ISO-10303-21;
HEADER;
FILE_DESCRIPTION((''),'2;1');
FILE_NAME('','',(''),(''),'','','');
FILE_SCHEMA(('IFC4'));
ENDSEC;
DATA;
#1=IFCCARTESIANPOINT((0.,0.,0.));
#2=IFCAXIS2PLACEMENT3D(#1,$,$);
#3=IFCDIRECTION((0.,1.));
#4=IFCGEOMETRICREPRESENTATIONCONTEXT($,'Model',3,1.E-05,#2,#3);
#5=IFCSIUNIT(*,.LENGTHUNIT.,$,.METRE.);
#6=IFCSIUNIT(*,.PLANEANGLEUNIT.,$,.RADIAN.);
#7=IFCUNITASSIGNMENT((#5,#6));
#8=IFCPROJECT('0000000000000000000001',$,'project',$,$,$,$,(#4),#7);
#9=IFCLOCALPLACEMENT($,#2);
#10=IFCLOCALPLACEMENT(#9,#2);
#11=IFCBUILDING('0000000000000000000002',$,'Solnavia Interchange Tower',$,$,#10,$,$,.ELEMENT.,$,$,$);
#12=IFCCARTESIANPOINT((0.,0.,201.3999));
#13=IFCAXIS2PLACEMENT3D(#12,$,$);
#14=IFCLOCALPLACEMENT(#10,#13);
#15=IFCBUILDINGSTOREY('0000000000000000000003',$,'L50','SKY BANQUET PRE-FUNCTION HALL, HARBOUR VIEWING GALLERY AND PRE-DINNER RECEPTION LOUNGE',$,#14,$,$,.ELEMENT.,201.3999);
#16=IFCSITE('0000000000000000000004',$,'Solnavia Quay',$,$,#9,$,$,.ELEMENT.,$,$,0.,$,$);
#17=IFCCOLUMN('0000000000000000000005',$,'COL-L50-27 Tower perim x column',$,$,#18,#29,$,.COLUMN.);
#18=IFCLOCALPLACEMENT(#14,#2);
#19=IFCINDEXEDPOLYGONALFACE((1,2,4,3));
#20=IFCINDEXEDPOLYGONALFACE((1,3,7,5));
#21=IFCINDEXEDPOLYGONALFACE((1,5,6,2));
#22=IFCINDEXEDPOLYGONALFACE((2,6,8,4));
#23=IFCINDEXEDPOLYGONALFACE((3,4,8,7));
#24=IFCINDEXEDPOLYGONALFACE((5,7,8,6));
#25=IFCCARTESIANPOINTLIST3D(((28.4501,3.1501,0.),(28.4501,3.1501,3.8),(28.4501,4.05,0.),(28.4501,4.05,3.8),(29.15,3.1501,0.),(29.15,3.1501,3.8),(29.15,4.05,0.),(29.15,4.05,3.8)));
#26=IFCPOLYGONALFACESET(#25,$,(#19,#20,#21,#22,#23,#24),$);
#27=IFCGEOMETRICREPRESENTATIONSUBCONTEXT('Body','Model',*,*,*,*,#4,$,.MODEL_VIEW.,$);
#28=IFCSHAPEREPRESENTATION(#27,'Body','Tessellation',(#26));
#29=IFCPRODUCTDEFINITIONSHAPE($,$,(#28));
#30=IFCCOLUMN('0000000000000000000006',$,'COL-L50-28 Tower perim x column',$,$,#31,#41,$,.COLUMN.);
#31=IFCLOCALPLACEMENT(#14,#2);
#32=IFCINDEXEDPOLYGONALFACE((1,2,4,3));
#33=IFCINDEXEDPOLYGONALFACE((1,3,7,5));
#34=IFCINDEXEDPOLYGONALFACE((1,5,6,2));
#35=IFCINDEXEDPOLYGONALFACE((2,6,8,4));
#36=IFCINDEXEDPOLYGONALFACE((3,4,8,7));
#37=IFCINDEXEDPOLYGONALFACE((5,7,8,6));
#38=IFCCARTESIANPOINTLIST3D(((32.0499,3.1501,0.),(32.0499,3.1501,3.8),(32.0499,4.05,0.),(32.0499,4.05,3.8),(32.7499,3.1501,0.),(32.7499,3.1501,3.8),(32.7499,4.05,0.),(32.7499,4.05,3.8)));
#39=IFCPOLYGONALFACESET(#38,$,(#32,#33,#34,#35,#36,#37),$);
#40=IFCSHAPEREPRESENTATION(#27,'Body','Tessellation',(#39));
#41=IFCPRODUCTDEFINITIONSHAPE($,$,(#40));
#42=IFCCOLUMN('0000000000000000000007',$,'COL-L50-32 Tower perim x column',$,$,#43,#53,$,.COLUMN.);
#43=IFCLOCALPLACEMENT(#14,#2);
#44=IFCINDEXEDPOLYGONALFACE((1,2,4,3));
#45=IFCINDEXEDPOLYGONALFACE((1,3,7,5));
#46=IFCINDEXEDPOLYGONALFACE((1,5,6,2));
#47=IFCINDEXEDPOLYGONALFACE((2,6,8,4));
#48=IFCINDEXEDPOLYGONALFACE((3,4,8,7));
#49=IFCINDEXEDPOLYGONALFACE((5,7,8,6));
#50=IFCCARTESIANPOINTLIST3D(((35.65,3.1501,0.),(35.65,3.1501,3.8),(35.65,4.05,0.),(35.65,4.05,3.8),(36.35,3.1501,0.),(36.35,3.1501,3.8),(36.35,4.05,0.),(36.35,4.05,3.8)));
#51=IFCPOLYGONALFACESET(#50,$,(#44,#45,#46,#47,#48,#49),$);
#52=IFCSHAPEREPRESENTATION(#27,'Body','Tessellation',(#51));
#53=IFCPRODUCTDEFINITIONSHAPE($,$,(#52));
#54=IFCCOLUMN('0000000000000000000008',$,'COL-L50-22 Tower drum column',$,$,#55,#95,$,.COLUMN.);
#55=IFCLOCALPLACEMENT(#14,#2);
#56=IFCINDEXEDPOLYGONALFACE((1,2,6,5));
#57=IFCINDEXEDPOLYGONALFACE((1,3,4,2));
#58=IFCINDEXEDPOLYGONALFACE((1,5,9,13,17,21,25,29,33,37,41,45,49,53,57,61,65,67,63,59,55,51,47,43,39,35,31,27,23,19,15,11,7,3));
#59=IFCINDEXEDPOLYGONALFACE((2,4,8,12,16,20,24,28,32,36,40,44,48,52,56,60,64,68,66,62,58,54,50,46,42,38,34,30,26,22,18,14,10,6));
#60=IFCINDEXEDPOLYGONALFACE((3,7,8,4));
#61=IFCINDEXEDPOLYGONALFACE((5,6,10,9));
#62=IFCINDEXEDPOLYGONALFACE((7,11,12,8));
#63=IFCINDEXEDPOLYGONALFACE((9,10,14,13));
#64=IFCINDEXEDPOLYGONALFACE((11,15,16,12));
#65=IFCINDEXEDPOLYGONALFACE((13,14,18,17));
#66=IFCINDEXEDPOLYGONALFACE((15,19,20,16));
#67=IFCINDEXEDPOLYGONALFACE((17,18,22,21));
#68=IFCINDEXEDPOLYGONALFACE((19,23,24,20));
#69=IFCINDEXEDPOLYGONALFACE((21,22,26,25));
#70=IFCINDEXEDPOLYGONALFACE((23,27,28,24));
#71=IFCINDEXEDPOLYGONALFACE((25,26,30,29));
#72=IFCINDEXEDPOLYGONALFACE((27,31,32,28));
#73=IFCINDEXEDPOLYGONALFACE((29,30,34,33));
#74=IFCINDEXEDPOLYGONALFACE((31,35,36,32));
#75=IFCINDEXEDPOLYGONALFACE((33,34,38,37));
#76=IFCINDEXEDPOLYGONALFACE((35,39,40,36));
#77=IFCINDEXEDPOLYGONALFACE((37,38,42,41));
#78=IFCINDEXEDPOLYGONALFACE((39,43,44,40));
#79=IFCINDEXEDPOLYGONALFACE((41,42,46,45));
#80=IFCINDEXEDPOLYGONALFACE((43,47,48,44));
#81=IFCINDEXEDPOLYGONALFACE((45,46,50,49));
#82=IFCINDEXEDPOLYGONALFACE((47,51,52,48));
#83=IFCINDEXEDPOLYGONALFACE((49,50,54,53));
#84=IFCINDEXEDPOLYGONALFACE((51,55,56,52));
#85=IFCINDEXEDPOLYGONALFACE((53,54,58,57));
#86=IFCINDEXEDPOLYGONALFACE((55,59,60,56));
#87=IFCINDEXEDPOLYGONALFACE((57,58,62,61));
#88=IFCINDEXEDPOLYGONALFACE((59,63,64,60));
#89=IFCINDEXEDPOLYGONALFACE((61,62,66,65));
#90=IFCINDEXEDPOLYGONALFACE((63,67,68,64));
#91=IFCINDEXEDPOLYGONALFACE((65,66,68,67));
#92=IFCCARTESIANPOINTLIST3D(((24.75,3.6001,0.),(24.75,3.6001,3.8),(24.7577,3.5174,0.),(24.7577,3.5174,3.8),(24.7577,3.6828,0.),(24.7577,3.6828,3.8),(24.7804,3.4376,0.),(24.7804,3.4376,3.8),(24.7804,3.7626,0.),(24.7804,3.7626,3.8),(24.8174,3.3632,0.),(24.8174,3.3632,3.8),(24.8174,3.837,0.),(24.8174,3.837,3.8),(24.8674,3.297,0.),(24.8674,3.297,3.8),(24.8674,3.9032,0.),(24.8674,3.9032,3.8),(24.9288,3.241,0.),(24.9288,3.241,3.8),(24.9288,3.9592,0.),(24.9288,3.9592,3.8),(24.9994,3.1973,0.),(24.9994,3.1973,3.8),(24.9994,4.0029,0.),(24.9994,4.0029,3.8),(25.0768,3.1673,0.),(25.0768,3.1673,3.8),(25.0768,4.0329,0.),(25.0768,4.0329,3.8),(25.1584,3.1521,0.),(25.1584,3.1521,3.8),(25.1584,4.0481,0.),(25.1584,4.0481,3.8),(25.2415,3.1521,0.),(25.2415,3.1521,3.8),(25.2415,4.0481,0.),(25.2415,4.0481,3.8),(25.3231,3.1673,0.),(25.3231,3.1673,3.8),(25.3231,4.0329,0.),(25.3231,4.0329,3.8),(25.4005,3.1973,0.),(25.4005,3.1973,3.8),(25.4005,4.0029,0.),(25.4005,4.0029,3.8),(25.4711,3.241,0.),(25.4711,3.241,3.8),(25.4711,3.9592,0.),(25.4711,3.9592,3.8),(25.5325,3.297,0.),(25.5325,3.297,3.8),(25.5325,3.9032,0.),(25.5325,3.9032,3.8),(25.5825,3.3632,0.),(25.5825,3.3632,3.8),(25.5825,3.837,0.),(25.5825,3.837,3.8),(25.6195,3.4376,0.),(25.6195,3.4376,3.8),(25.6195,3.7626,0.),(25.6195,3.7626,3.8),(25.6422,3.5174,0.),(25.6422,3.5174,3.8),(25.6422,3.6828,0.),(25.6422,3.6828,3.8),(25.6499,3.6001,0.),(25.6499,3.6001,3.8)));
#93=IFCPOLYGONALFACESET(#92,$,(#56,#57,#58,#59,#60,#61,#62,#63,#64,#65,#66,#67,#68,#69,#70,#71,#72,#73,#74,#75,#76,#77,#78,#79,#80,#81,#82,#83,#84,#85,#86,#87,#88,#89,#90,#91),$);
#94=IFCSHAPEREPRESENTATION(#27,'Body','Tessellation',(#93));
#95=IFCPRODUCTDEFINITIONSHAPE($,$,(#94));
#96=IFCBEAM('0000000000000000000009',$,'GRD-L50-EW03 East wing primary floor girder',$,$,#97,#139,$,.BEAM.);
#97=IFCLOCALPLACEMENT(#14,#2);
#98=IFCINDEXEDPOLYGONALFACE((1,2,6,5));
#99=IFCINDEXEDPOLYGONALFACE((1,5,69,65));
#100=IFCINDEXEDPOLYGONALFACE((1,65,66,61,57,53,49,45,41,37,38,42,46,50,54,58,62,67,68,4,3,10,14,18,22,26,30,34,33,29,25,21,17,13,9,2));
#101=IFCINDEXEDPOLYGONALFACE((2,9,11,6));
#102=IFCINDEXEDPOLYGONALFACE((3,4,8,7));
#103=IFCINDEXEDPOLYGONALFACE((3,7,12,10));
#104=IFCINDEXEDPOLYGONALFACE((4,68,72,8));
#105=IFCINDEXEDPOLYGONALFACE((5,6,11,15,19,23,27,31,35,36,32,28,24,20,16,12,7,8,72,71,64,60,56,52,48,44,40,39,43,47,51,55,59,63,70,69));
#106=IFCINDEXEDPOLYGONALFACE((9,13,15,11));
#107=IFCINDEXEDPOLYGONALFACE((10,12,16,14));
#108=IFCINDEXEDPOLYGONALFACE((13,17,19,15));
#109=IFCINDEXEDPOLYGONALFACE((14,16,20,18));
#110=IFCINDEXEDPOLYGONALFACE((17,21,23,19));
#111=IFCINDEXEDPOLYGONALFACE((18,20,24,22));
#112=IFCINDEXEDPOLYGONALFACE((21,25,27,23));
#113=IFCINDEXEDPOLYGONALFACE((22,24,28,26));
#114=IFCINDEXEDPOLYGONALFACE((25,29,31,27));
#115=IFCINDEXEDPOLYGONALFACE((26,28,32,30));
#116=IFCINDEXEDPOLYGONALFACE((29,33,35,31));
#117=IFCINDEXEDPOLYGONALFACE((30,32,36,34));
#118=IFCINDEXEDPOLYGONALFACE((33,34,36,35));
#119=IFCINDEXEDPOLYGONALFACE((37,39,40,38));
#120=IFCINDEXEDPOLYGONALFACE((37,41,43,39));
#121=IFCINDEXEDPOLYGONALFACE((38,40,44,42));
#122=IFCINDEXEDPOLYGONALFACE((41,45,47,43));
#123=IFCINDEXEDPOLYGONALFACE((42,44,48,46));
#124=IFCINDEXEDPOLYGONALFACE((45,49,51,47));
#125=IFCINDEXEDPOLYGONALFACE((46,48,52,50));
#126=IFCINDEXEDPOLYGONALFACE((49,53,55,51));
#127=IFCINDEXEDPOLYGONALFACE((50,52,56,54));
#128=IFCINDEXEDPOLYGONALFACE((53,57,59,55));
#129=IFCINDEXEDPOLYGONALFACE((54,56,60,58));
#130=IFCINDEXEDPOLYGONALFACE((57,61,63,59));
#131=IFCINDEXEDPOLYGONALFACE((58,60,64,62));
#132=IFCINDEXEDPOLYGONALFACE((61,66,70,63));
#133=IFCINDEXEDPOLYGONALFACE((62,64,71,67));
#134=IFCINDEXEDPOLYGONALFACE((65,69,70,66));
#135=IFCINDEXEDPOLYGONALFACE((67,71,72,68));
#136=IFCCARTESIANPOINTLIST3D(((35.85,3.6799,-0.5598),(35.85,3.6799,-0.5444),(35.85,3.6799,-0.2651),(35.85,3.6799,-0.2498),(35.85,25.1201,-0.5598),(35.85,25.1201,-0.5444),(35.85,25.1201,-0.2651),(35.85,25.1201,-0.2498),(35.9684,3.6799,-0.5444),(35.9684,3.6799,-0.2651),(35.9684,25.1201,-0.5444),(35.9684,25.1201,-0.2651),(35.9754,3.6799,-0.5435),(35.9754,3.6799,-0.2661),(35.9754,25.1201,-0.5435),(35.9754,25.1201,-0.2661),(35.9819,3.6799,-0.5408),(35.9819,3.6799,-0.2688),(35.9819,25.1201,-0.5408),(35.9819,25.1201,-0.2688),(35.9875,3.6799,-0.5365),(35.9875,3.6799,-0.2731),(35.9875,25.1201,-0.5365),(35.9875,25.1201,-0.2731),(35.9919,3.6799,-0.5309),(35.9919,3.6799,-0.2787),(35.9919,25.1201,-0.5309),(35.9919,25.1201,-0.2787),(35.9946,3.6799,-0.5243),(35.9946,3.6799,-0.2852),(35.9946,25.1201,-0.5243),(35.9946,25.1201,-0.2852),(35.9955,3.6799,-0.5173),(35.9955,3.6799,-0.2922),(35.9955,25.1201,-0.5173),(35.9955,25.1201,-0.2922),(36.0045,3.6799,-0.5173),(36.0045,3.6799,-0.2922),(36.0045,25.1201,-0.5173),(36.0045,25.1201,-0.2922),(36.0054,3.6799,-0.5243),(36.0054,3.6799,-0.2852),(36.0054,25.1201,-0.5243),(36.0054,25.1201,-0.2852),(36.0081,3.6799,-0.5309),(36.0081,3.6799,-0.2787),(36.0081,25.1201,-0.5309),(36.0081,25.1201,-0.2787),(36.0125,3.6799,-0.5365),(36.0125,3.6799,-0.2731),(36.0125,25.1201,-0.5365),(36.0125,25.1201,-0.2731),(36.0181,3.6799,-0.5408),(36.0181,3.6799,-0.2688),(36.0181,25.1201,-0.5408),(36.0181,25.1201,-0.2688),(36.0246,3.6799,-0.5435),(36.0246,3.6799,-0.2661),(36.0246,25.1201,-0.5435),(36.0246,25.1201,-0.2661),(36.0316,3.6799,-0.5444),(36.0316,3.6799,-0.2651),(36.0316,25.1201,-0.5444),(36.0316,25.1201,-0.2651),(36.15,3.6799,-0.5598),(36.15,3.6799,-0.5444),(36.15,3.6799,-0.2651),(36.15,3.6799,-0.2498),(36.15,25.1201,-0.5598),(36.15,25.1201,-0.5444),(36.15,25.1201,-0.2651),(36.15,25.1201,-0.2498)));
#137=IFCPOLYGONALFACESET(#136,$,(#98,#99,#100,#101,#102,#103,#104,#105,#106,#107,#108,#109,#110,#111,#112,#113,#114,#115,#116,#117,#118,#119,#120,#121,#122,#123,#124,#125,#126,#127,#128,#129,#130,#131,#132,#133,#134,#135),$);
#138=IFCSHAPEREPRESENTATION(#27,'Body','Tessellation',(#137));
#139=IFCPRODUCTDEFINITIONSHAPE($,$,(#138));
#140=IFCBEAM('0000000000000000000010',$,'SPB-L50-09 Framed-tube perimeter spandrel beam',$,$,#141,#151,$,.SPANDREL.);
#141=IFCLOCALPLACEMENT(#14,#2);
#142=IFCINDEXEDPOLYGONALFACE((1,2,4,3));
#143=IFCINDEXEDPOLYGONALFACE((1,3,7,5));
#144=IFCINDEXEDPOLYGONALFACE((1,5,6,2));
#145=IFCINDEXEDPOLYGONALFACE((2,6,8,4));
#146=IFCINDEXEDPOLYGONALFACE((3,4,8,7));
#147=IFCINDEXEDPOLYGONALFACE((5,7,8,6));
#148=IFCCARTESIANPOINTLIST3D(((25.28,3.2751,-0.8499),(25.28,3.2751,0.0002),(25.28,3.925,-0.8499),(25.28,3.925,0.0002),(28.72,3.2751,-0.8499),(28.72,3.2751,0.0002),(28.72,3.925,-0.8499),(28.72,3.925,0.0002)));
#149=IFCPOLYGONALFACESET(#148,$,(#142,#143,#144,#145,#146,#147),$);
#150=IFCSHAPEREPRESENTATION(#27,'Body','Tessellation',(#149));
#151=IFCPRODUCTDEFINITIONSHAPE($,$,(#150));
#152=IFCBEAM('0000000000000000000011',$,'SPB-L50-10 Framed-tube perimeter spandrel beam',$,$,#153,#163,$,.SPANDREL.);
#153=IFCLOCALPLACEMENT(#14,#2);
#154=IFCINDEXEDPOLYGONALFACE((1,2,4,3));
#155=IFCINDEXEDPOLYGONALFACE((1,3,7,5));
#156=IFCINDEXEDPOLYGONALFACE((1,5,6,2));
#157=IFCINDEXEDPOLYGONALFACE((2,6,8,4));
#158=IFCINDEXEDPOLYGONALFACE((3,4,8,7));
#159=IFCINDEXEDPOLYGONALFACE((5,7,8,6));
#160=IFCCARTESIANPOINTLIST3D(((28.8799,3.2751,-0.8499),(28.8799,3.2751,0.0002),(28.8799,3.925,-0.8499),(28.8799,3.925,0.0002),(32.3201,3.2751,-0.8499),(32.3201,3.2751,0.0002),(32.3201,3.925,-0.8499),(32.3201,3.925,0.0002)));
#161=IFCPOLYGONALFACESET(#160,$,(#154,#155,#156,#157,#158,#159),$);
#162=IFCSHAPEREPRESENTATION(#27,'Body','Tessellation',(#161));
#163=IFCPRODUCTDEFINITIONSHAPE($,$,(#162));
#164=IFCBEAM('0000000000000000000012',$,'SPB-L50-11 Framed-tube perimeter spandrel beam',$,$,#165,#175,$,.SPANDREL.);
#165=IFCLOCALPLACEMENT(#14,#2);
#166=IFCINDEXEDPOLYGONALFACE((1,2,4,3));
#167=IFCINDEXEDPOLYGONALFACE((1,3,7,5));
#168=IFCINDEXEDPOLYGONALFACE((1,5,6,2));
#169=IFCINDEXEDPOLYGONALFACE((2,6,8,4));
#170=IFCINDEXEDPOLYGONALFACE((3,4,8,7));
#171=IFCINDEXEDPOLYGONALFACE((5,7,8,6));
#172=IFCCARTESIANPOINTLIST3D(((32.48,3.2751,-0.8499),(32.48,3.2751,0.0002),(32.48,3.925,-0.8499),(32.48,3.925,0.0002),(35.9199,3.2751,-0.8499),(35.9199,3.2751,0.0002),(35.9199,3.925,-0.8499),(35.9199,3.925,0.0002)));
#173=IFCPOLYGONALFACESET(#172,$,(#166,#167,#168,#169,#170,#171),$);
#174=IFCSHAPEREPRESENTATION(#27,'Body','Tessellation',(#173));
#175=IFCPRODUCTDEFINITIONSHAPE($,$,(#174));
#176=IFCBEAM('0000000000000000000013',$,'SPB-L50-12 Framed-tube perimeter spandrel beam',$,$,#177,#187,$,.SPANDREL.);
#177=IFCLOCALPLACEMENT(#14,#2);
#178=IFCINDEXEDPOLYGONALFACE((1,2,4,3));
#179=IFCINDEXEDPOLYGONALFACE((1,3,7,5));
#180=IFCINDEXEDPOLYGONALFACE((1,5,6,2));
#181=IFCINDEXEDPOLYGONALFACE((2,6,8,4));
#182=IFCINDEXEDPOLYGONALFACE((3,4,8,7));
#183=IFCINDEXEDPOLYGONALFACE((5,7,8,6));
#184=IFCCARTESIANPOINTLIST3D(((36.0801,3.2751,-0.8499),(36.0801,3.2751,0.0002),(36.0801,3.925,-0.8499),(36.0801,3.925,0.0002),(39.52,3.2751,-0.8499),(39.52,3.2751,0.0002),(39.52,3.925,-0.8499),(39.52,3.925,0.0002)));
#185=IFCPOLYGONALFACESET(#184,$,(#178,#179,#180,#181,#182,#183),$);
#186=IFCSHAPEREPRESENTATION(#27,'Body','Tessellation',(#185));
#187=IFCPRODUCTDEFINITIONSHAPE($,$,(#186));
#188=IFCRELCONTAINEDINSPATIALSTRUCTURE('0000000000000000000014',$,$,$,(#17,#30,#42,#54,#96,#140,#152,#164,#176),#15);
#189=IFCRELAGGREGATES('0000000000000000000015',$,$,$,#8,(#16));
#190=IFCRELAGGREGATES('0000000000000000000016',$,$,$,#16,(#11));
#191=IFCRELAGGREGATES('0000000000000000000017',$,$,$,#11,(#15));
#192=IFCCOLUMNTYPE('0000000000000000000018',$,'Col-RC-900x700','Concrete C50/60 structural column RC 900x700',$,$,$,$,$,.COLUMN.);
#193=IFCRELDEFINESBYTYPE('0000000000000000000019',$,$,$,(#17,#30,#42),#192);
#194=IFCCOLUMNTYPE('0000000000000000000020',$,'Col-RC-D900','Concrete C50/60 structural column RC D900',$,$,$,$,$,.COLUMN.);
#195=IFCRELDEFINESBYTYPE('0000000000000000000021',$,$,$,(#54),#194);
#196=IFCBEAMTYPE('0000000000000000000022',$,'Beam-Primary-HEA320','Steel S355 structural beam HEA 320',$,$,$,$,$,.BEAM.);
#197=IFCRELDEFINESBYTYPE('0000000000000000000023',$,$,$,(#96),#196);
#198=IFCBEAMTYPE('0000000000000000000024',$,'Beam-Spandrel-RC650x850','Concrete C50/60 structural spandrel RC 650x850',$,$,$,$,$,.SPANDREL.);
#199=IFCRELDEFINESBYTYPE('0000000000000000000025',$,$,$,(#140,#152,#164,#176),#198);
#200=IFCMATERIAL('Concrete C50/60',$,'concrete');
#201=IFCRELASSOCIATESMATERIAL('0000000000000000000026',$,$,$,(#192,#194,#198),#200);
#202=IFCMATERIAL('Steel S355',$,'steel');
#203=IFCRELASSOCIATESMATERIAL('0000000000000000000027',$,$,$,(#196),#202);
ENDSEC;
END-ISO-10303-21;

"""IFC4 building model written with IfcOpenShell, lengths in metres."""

from ifc_helpers import new_model, si_unit, direction, frame, origin, origin_2d, place, context, subcontext, project, spatial, rectangle, circle, i_section, extrude, material, material_profile, profile_set, type_object, element, save


model = new_model("IFC4")

# Units and contexts
model_context = context("Model", 3, precision=1e-05, world=origin(), true_north=direction((0.0, 1.0)))
body_context = subcontext(model_context, "Body", "Model", "MODEL_VIEW")
ifc_project = project(units=[si_unit("LENGTHUNIT", "METRE"), si_unit("PLANEANGLEUNIT", "RADIAN")], contexts=[model_context])

# Site, building, storey
site_placement = place(None, origin())
site = spatial("IfcSite", under=ifc_project, at=site_placement, Name="Solnavia Quay", CompositionType="ELEMENT", RefElevation=0.0)
building_placement = place(site_placement, origin())
building = spatial("IfcBuilding", under=site, at=building_placement, Name="Solnavia Interchange Tower", CompositionType="ELEMENT")
storey_placement = place(building_placement, frame((0.0, 0.0, 201.3999)))
storey = spatial("IfcBuildingStorey", under=building, at=storey_placement, Name="L50", Description="SKY BANQUET PRE-FUNCTION HALL, HARBOUR VIEWING GALLERY AND PRE-DINNER RECEPTION LOUNGE", CompositionType="ELEMENT", Elevation=201.3999)

# Columns
ifc_material_1 = material(Name="Concrete C50/60", Category="concrete")
ifc_material_profile_1 = material_profile(ifc_material_1, rectangle(XDim=0.7, YDim=0.8999, at=origin_2d()), Name="RC 900x700")
ifc_profile_set_1 = profile_set([ifc_material_profile_1], Name="Concrete C50/60")
column_type_1 = type_object("IfcColumnType", Name="Col-RC-900x700", Description="Concrete C50/60 structural column RC 900x700", PredefinedType="COLUMN", material=ifc_profile_set_1)
for number, where, z_axis, x_axis, name in (
    (1, (28.8, 3.6001, 0.0), (0.0, 0.0, 1.0), (1.0, 0.0, 0.0), "COL-L50-27 Tower perim x column"),
    (2, (32.3999, 3.6001, 0.0), (0.0, 0.0, 1.0), (1.0, 0.0, 0.0), "COL-L50-28 Tower perim x column"),
    (3, (36.0, 3.6001, 0.0), (0.0, 0.0, 1.0), (1.0, 0.0, 0.0), "COL-L50-32 Tower perim x column"),
):
    element("IfcColumn", number, at=place(storey_placement, frame(where, z_axis=z_axis, x_axis=x_axis)), inside=storey, type_object=column_type_1, Name=name, PredefinedType="COLUMN", context=body_context, shape_type="SweptSolid", body=[
        extrude(rectangle(XDim=0.7, YDim=0.8999, at=origin_2d()), origin(), (0.0, 0.0, 1.0), 3.8),
    ])
ifc_material_profile_2 = material_profile(ifc_material_1, circle(Radius=0.45, at=origin_2d()), Name="RC D900")
ifc_profile_set_2 = profile_set([ifc_material_profile_2], Name="Concrete C50/60")
column_type_2 = type_object("IfcColumnType", Name="Col-RC-D900", Description="Concrete C50/60 structural column RC D900", PredefinedType="COLUMN", material=ifc_profile_set_2)
column_placement = place(storey_placement, frame((25.2, 3.6001, 0.0), z_axis=(0.0, 0.0, 1.0), x_axis=(1.0, 0.0, 0.0)))
element("IfcColumn", 4, at=column_placement, inside=storey, type_object=column_type_2, Name="COL-L50-22 Tower drum column", PredefinedType="COLUMN", context=body_context, shape_type="SweptSolid", body=[
    extrude(circle(Radius=0.45, at=origin_2d()), origin(), (0.0, 0.0, 1.0), 3.8),
])

# Beams
ifc_material_2 = material(Name="Steel S355", Category="steel")
ifc_material_profile_3 = material_profile(ifc_material_2, i_section(OverallWidth=0.3, OverallDepth=0.3101, WebThickness=0.009, FlangeThickness=0.0154, FilletRadius=0.0271, at=origin_2d()), Name="HEA 320")
ifc_profile_set_3 = profile_set([ifc_material_profile_3], Name="Steel S355")
beam_type_1 = type_object("IfcBeamType", Name="Beam-Primary-HEA320", Description="Steel S355 structural beam HEA 320", PredefinedType="BEAM", material=ifc_profile_set_3)
beam_1_placement = place(storey_placement, frame((36.0, 3.6799, -0.4048), z_axis=(0.0, 1.0, 0.0), x_axis=(-1.0, 0.0, 0.0)))
element("IfcBeam", 5, at=beam_1_placement, inside=storey, type_object=beam_type_1, Name="GRD-L50-EW03 East wing primary floor girder", PredefinedType="BEAM", context=body_context, shape_type="SweptSolid", body=[
    extrude(i_section(OverallWidth=0.3, OverallDepth=0.3101, WebThickness=0.009, FlangeThickness=0.0154, FilletRadius=0.0271, at=origin_2d()), origin(), (0.0, 0.0, 1.0), 21.4402),
])
ifc_material_profile_4 = material_profile(ifc_material_1, rectangle(XDim=0.6499, YDim=0.8501, at=origin_2d()), Name="RC 650x850")
ifc_profile_set_4 = profile_set([ifc_material_profile_4], Name="Concrete C50/60")
beam_type_2 = type_object("IfcBeamType", Name="Beam-Spandrel-RC650x850", Description="Concrete C50/60 structural spandrel RC 650x850", PredefinedType="SPANDREL", material=ifc_profile_set_4)
beam_2_placement = place(storey_placement, frame((25.28, 3.6001, -0.4248), z_axis=(1.0, 0.0, 0.0), x_axis=(0.0, 1.0, 0.0)))
element("IfcBeam", 6, at=beam_2_placement, inside=storey, type_object=beam_type_2, Name="SPB-L50-09 Framed-tube perimeter spandrel beam", PredefinedType="SPANDREL", context=body_context, shape_type="SweptSolid", body=[
    extrude(rectangle(XDim=0.6499, YDim=0.8501, at=origin_2d()), origin(), (0.0, 0.0, 1.0), 3.4399),
])
beam_3_placement = place(storey_placement, frame((28.8799, 3.6001, -0.4248), z_axis=(1.0, 0.0, 0.0), x_axis=(0.0, 1.0, 0.0)))
element("IfcBeam", 7, at=beam_3_placement, inside=storey, type_object=beam_type_2, Name="SPB-L50-10 Framed-tube perimeter spandrel beam", PredefinedType="SPANDREL", context=body_context, shape_type="SweptSolid", body=[
    extrude(rectangle(XDim=0.6499, YDim=0.8501, at=origin_2d()), origin(), (0.0, 0.0, 1.0), 3.4402),
])
for number, where, z_axis, x_axis, name in (
    (8, (32.48, 3.6001, -0.4248), (1.0, 0.0, 0.0), (0.0, 1.0, 0.0), "SPB-L50-11 Framed-tube perimeter spandrel beam"),
    (9, (36.0801, 3.6001, -0.4248), (1.0, 0.0, 0.0), (0.0, 1.0, 0.0), "SPB-L50-12 Framed-tube perimeter spandrel beam"),
):
    element("IfcBeam", number, at=place(storey_placement, frame(where, z_axis=z_axis, x_axis=x_axis)), inside=storey, type_object=beam_type_2, Name=name, PredefinedType="SPANDREL", context=body_context, shape_type="SweptSolid", body=[
        extrude(rectangle(XDim=0.6499, YDim=0.8501, at=origin_2d()), origin(), (0.0, 0.0, 1.0), 3.4399),
    ])

save(model, "model.ifc")
